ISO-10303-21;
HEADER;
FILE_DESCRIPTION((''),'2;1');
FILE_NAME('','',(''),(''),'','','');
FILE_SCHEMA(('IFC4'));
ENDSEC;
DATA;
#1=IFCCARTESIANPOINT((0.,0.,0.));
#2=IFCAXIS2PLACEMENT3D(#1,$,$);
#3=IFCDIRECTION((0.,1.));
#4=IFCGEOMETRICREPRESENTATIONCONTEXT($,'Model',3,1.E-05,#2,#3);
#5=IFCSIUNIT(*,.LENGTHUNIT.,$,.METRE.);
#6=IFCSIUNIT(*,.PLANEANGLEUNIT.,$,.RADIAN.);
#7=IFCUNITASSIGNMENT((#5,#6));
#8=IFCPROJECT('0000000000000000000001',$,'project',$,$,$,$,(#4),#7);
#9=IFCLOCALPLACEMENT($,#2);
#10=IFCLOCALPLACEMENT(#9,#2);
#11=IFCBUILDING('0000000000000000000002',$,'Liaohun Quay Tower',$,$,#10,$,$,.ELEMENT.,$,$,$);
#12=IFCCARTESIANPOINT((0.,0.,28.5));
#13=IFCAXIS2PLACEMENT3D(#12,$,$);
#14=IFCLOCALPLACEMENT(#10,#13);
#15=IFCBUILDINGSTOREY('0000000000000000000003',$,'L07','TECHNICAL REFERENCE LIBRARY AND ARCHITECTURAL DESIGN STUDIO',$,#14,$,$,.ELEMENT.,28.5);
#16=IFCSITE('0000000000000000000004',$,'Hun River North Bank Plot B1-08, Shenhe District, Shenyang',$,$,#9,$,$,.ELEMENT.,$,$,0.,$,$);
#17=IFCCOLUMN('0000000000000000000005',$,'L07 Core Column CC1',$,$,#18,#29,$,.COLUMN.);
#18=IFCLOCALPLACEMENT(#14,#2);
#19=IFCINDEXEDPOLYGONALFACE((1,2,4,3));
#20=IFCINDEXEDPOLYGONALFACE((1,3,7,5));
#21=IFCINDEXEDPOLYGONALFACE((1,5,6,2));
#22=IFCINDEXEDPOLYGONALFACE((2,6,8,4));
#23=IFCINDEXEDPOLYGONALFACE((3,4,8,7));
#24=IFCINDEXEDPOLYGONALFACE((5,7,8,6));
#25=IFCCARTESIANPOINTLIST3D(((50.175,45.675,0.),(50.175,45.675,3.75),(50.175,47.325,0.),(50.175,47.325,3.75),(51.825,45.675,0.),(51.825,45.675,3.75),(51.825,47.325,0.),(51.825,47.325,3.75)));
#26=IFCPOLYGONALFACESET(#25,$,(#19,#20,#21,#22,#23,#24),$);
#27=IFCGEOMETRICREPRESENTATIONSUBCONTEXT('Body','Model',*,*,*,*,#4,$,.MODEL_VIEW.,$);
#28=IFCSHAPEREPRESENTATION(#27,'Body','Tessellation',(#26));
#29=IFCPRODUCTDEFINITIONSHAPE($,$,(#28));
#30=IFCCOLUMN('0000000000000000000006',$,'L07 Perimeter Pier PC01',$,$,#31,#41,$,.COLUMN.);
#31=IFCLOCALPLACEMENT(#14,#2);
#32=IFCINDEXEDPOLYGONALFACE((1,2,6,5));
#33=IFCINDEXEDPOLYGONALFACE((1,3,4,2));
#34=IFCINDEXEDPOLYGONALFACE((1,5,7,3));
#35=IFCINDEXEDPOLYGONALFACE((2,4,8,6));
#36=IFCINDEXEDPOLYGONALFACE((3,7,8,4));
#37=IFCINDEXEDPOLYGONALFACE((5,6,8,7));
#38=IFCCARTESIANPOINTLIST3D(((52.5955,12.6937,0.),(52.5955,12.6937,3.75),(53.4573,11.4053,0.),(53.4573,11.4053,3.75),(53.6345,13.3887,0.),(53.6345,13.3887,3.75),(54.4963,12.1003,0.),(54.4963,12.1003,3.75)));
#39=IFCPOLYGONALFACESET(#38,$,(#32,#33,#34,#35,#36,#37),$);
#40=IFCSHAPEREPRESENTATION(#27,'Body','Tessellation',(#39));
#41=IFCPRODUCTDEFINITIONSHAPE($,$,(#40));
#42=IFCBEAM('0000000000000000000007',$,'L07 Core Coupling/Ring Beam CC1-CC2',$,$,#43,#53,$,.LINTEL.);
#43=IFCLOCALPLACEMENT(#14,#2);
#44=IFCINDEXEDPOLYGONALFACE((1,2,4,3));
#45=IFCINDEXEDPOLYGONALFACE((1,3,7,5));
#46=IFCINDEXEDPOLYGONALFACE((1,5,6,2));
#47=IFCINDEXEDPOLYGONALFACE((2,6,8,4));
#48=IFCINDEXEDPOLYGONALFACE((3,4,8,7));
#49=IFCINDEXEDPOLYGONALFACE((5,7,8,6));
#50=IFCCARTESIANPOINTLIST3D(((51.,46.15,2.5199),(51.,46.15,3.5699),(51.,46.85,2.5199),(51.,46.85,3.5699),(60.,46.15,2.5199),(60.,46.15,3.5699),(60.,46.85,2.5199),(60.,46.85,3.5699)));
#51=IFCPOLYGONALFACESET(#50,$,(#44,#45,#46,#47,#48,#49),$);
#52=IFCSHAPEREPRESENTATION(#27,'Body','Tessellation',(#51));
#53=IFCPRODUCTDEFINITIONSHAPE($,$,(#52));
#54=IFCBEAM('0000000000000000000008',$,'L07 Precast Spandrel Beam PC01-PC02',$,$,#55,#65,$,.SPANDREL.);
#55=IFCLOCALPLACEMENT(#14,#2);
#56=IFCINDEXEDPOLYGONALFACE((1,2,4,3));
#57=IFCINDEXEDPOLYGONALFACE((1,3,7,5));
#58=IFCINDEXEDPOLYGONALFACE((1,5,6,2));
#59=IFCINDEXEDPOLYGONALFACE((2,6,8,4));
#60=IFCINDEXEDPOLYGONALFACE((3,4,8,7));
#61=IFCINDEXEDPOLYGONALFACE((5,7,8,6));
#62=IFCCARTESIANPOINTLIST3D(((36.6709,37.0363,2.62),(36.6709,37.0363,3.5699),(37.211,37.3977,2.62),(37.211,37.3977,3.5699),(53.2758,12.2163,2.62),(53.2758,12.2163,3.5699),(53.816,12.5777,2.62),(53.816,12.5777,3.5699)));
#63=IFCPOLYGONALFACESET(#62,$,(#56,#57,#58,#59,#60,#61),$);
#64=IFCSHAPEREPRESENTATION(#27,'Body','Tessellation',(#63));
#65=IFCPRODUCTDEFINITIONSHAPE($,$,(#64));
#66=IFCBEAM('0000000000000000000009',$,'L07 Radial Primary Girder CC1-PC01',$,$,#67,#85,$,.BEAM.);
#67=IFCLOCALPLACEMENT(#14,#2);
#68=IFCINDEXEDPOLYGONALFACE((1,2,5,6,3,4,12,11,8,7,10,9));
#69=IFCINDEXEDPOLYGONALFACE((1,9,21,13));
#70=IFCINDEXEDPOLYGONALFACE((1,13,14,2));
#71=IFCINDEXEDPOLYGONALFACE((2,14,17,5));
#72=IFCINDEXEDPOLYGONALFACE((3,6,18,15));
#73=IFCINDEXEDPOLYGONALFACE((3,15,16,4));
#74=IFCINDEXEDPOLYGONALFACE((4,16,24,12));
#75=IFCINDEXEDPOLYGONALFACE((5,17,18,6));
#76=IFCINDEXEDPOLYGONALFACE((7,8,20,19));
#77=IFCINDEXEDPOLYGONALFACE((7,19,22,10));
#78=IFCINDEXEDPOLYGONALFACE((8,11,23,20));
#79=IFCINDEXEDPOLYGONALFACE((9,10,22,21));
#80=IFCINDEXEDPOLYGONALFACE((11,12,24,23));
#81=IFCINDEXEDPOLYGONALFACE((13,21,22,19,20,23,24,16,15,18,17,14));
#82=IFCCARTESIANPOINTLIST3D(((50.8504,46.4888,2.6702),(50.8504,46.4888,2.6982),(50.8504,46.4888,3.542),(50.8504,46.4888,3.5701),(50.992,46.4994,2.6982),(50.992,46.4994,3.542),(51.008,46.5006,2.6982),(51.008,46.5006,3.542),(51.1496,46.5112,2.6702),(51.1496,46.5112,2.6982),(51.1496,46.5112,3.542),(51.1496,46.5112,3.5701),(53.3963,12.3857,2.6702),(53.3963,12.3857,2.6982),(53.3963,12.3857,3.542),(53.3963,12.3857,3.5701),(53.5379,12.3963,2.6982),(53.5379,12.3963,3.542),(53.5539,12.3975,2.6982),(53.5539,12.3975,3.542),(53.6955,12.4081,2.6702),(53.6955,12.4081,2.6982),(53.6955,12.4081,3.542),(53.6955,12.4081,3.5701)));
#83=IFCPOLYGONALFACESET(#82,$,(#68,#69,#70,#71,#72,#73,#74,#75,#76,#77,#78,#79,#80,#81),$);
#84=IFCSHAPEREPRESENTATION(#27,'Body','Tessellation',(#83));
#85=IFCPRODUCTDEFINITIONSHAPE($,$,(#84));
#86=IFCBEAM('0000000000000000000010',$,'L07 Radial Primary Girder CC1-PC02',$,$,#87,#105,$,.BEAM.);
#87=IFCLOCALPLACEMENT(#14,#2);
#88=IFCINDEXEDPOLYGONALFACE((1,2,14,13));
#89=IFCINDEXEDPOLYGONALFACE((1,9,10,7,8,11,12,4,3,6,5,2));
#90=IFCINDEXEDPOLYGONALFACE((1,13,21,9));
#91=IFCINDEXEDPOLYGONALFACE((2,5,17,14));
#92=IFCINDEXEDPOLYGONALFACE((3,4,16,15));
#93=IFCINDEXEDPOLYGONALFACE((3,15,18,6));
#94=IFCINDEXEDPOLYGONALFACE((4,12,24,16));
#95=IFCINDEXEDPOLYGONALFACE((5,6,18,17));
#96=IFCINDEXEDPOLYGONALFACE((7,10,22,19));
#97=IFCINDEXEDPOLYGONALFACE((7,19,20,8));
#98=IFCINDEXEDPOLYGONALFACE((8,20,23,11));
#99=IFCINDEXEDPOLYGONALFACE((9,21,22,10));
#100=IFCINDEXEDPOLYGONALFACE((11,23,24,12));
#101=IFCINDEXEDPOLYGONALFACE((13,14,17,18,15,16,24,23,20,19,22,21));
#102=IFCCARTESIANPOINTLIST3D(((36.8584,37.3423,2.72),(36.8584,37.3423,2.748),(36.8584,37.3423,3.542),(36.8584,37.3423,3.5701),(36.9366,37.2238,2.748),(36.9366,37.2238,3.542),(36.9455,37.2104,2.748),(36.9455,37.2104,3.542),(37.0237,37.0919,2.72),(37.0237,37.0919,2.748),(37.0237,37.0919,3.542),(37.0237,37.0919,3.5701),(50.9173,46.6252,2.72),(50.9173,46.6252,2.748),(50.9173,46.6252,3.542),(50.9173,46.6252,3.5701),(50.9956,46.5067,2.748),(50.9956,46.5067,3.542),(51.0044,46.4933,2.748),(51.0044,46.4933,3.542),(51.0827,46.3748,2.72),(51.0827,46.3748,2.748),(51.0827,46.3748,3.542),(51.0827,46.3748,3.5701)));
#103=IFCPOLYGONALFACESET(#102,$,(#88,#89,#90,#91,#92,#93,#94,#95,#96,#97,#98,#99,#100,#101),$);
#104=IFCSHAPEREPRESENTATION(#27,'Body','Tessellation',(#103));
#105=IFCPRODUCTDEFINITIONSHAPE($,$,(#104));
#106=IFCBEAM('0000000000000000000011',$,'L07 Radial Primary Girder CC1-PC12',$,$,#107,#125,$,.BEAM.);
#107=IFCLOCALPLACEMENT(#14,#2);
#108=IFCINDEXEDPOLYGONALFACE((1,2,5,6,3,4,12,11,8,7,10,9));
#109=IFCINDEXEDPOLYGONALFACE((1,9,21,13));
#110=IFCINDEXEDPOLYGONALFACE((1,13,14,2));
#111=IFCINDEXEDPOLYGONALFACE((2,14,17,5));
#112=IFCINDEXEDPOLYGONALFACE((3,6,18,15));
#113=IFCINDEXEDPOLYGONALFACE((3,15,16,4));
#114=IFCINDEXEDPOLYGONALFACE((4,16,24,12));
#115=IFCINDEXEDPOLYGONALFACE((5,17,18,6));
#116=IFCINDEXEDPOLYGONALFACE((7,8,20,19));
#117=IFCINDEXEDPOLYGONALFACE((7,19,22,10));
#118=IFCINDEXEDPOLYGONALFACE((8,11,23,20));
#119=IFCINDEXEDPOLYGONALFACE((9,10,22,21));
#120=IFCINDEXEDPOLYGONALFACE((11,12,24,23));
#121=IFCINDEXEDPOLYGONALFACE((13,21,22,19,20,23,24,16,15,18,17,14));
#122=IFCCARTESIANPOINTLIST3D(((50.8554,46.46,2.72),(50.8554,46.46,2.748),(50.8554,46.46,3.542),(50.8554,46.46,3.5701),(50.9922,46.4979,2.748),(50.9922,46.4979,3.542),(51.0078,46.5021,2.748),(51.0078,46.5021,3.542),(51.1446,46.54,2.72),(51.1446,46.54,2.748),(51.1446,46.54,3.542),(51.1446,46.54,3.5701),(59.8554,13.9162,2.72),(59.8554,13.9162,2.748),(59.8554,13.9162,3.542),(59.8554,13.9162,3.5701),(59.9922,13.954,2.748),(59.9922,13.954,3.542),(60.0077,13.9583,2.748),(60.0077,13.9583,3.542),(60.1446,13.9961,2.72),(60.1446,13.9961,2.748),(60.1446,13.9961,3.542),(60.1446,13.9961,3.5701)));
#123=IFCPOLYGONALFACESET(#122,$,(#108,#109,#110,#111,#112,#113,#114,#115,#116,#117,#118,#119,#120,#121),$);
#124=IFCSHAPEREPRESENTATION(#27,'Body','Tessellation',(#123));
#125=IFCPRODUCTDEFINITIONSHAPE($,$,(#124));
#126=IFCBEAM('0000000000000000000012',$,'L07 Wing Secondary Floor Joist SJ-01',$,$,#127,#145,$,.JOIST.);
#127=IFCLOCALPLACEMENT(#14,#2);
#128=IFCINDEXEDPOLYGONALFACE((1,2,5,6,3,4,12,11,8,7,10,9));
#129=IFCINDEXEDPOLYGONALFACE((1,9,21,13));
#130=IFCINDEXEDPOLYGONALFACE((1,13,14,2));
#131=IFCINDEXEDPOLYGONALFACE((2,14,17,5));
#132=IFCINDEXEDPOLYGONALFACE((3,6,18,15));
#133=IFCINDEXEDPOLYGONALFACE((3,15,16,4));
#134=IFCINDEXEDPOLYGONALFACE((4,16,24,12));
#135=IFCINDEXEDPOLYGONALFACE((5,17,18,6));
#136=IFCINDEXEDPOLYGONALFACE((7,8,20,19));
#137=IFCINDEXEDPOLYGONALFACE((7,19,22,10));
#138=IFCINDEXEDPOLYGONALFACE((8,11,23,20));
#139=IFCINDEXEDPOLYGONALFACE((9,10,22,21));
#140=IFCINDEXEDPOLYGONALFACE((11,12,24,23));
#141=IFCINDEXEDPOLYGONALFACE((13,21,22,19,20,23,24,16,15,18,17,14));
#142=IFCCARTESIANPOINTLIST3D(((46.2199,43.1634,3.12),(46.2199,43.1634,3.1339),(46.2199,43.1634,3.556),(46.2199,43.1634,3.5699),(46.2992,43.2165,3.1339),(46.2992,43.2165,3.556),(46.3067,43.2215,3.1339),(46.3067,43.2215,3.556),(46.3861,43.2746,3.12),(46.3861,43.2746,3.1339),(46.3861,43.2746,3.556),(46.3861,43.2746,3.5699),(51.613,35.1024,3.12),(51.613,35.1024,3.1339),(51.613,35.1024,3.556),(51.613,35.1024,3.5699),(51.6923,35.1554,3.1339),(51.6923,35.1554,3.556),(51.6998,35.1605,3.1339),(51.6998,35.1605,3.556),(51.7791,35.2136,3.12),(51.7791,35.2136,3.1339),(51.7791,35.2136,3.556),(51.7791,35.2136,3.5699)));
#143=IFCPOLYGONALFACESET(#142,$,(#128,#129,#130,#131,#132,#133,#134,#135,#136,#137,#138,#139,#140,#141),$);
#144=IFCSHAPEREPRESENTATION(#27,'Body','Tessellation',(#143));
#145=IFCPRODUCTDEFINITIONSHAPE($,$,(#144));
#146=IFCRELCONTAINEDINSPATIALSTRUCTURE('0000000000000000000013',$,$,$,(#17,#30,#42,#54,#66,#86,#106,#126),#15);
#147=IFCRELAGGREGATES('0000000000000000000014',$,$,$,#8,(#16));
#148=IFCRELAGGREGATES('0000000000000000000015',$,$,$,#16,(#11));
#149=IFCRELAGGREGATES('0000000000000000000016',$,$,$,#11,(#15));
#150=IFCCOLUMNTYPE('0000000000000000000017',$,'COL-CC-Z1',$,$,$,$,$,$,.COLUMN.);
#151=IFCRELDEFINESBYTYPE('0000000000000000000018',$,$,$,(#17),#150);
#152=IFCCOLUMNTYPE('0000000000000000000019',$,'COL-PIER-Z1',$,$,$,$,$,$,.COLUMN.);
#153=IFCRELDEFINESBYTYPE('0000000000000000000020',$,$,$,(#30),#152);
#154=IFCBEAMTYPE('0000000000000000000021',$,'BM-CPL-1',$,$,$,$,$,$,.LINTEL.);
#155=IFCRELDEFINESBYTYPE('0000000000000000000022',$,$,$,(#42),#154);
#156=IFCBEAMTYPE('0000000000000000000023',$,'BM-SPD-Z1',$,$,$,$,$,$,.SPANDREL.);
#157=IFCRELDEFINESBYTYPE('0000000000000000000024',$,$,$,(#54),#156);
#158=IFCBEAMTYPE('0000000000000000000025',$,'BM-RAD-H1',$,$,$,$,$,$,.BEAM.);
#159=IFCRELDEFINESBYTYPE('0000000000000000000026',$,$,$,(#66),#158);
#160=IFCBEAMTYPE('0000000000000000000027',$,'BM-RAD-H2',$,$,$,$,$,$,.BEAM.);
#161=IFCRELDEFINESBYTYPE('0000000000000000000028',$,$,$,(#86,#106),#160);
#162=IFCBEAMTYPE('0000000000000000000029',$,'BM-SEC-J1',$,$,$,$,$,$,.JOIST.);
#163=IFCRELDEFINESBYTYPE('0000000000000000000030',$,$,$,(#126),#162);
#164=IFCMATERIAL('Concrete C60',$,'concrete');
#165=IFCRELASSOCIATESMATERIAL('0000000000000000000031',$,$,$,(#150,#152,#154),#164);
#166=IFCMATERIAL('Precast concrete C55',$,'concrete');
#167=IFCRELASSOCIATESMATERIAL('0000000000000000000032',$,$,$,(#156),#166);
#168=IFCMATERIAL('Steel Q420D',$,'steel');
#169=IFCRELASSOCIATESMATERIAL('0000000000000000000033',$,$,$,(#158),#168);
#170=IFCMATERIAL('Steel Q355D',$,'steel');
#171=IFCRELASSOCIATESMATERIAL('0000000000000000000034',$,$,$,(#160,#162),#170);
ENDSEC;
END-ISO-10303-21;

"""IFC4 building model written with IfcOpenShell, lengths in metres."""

from ifc_helpers import new_model, si_unit, direction, frame, origin, origin_2d, place, context, subcontext, project, spatial, rectangle, i_section, extrude, source, transform, mapped, material, material_profile, profile_set, type_object, element, save


model = new_model("IFC4")

# Units and contexts
model_context = context("Model", 3, precision=1e-05, world=origin(), true_north=direction((0.0, 1.0)))
body_context = subcontext(model_context, "Body", "Model", "MODEL_VIEW")
ifc_project = project(units=[si_unit("LENGTHUNIT", "METRE"), si_unit("PLANEANGLEUNIT", "RADIAN")], contexts=[model_context])

# Site, building, storey
site_placement = place(None, origin())
site = spatial("IfcSite", under=ifc_project, at=site_placement, Name="Hun River North Bank Plot B1-08, Shenhe District, Shenyang", CompositionType="ELEMENT", RefElevation=0.0)
building_placement = place(site_placement, origin())
building = spatial("IfcBuilding", under=site, at=building_placement, Name="Liaohun Quay Tower", CompositionType="ELEMENT")
storey_placement = place(building_placement, frame((0.0, 0.0, 28.5)))
storey = spatial("IfcBuildingStorey", under=building, at=storey_placement, Name="L07", Description="TECHNICAL REFERENCE LIBRARY AND ARCHITECTURAL DESIGN STUDIO", CompositionType="ELEMENT", Elevation=28.5)

# Columns
ifc_material_1 = material(Name="Concrete C60", Category="concrete")
ifc_material_profile_1 = material_profile(ifc_material_1, rectangle(XDim=1.6499, YDim=1.6499, at=origin_2d()), Name="RC1650x1650")
ifc_profile_set_1 = profile_set([ifc_material_profile_1], Name="Concrete C60")
column_type_1 = type_object("IfcColumnType", Name="COL-CC-Z1", PredefinedType="COLUMN", material=ifc_profile_set_1)
shared_shape_1 = source(origin(), body_context, "Body", "SweptSolid", [
    extrude(rectangle(XDim=1.6499, YDim=1.6499, at=origin_2d()), origin(), (0.0, 0.0, 1.0), 3.75),
])
column_1_placement = place(storey_placement, frame((51.0, 46.5, 0.0), z_axis=(0.0, 0.0, 1.0), x_axis=(1.0, 0.0, 0.0)))
element("IfcColumn", 1, at=column_1_placement, inside=storey, type_object=column_type_1, Name="L07 Core Column CC1", PredefinedType="COLUMN", context=body_context, shape_type="MappedRepresentation", body=[
    mapped(shared_shape_1, transform((0.0, 0.0, 0.0), x_axis=(1.0, 0.0, 0.0), y_axis=(0.0, 1.0, 0.0), z_axis=(0.0, 0.0, 1.0), scale=1.0)),
])
ifc_material_profile_2 = material_profile(ifc_material_1, rectangle(XDim=1.55, YDim=1.25, at=origin_2d()), Name="RC1550x1250")
ifc_profile_set_2 = profile_set([ifc_material_profile_2], Name="Concrete C60")
column_type_2 = type_object("IfcColumnType", Name="COL-PIER-Z1", PredefinedType="COLUMN", material=ifc_profile_set_2)
shared_shape_2 = source(origin(), body_context, "Body", "SweptSolid", [
    extrude(rectangle(XDim=1.55, YDim=1.25, at=origin_2d()), origin(), (0.0, 0.0, 1.0), 3.75),
])
column_2_placement = place(storey_placement, frame((53.5459, 12.397, 0.0), z_axis=(0.0, 0.0, 1.0), x_axis=(-0.556006, 0.831179, 0.0)))
element("IfcColumn", 2, at=column_2_placement, inside=storey, type_object=column_type_2, Name="L07 Perimeter Pier PC01", PredefinedType="COLUMN", context=body_context, shape_type="MappedRepresentation", body=[
    mapped(shared_shape_2, transform((0.0, 0.0, 0.0), x_axis=(1.0, 0.0, 0.0), y_axis=(0.0, 1.0, 0.0), z_axis=(0.0, 0.0, 1.0), scale=1.0)),
])

# Beams
ifc_material_profile_3 = material_profile(ifc_material_1, rectangle(XDim=0.7, YDim=1.05, at=origin_2d()), Name="RC700x1050")
ifc_profile_set_3 = profile_set([ifc_material_profile_3], Name="Concrete C60")
beam_type_1 = type_object("IfcBeamType", Name="BM-CPL-1", PredefinedType="LINTEL", material=ifc_profile_set_3)
shared_shape_3 = source(origin(), body_context, "Body", "SweptSolid", [
    extrude(rectangle(XDim=0.7, YDim=1.05, at=origin_2d()), origin(), (0.0, 0.0, 1.0), 9.0),
])
beam_1_placement = place(storey_placement, frame((51.0, 46.5, 3.0449), z_axis=(1.0, 0.0, 0.0), x_axis=(0.0, 1.0, 0.0)))
element("IfcBeam", 3, at=beam_1_placement, inside=storey, type_object=beam_type_1, Name="L07 Core Coupling/Ring Beam CC1-CC2", PredefinedType="LINTEL", context=body_context, shape_type="MappedRepresentation", body=[
    mapped(shared_shape_3, transform((0.0, 0.0, 0.0), x_axis=(1.0, 0.0, 0.0), y_axis=(0.0, 1.0, 0.0), z_axis=(0.0, 0.0, 1.0), scale=1.0)),
])
ifc_material_2 = material(Name="Precast concrete C55", Category="concrete")
ifc_material_profile_4 = material_profile(ifc_material_2, rectangle(XDim=0.6499, YDim=0.95, at=origin_2d()), Name="RC650x950")
ifc_profile_set_4 = profile_set([ifc_material_profile_4], Name="Precast concrete C55")
beam_type_2 = type_object("IfcBeamType", Name="BM-SPD-Z1", PredefinedType="SPANDREL", material=ifc_profile_set_4)
shared_shape_4 = source(origin(), body_context, "Body", "SweptSolid", [
    extrude(rectangle(XDim=0.6499, YDim=0.95, at=origin_2d()), origin(), (0.0, 0.0, 1.0), 29.8623),
])
beam_2_placement = place(storey_placement, frame((53.5459, 12.397, 3.095), z_axis=(-0.55605, 0.831149, 0.0), x_axis=(-0.831149, -0.55605, 0.0)))
element("IfcBeam", 4, at=beam_2_placement, inside=storey, type_object=beam_type_2, Name="L07 Precast Spandrel Beam PC01-PC02", PredefinedType="SPANDREL", context=body_context, shape_type="MappedRepresentation", body=[
    mapped(shared_shape_4, transform((0.0, 0.0, 0.0), x_axis=(1.0, 0.0, 0.0), y_axis=(0.0, 1.0, 0.0), z_axis=(0.0, 0.0, 1.0), scale=1.0)),
])
ifc_material_3 = material(Name="Steel Q420D", Category="steel")
ifc_material_profile_5 = material_profile(ifc_material_3, i_section(OverallWidth=0.3, OverallDepth=0.8999, WebThickness=0.0161, FlangeThickness=0.0281, at=origin_2d()), Name="HN900x300x16x28")
ifc_profile_set_5 = profile_set([ifc_material_profile_5], Name="Steel Q420D")
beam_type_3 = type_object("IfcBeamType", Name="BM-RAD-H1", PredefinedType="BEAM", material=ifc_profile_set_5)
shared_shape_5 = source(origin(), body_context, "Body", "SweptSolid", [
    extrude(i_section(OverallWidth=0.3, OverallDepth=0.8999, WebThickness=0.0161, FlangeThickness=0.0281, at=origin_2d()), origin(), (0.0, 0.0, 1.0), 34.198),
])
beam_3_placement = place(storey_placement, frame((51.0, 46.5, 3.1201), z_axis=(0.074446, -0.997225, 0.0), x_axis=(0.997225, 0.074446, 0.0)))
element("IfcBeam", 5, at=beam_3_placement, inside=storey, type_object=beam_type_3, Name="L07 Radial Primary Girder CC1-PC01", PredefinedType="BEAM", context=body_context, shape_type="MappedRepresentation", body=[
    mapped(shared_shape_5, transform((0.0, 0.0, 0.0), x_axis=(1.0, 0.0, 0.0), y_axis=(0.0, 1.0, 0.0), z_axis=(0.0, 0.0, 1.0), scale=1.0)),
])
ifc_material_4 = material(Name="Steel Q355D", Category="steel")
ifc_material_profile_6 = material_profile(ifc_material_4, i_section(OverallWidth=0.3, OverallDepth=0.8501, WebThickness=0.0161, FlangeThickness=0.0281, at=origin_2d()), Name="HN850x300x16x28")
ifc_profile_set_6 = profile_set([ifc_material_profile_6], Name="Steel Q355D")
beam_type_4 = type_object("IfcBeamType", Name="BM-RAD-H2", PredefinedType="BEAM", material=ifc_profile_set_6)
shared_shape_6 = source(origin(), body_context, "Body", "SweptSolid", [
    extrude(i_section(OverallWidth=0.3, OverallDepth=0.8501, WebThickness=0.0161, FlangeThickness=0.0281, at=origin_2d()), origin(), (0.0, 0.0, 1.0), 16.8472),
])
beam_4_placement = place(storey_placement, frame((51.0, 46.5, 3.145), z_axis=(-0.834501, -0.551006, 0.0), x_axis=(0.551006, -0.834501, 0.0)))
element("IfcBeam", 6, at=beam_4_placement, inside=storey, type_object=beam_type_4, Name="L07 Radial Primary Girder CC1-PC02", PredefinedType="BEAM", context=body_context, shape_type="MappedRepresentation", body=[
    mapped(shared_shape_6, transform((0.0, 0.0, 0.0), x_axis=(1.0, 0.0, 0.0), y_axis=(0.0, 1.0, 0.0), z_axis=(0.0, 0.0, 1.0), scale=1.0)),
])
shared_shape_7 = source(origin(), body_context, "Body", "SweptSolid", [
    extrude(i_section(OverallWidth=0.3, OverallDepth=0.8501, WebThickness=0.0161, FlangeThickness=0.0281, at=origin_2d()), origin(), (0.0, 0.0, 1.0), 33.7654),
])
beam_5_placement = place(storey_placement, frame((51.0, 46.5, 3.145), z_axis=(0.266544, -0.963823, 0.0), x_axis=(0.963823, 0.266544, 0.0)))
element("IfcBeam", 7, at=beam_5_placement, inside=storey, type_object=beam_type_4, Name="L07 Radial Primary Girder CC1-PC12", PredefinedType="BEAM", context=body_context, shape_type="MappedRepresentation", body=[
    mapped(shared_shape_7, transform((0.0, 0.0, 0.0), x_axis=(1.0, 0.0, 0.0), y_axis=(0.0, 1.0, 0.0), z_axis=(0.0, 0.0, 1.0), scale=1.0)),
])
ifc_material_profile_7 = material_profile(ifc_material_4, i_section(OverallWidth=0.2, OverallDepth=0.45, WebThickness=0.009, FlangeThickness=0.0139, at=origin_2d()), Name="HN450x200x9x14")
ifc_profile_set_7 = profile_set([ifc_material_profile_7], Name="Steel Q355D")
beam_type_5 = type_object("IfcBeamType", Name="BM-SEC-J1", PredefinedType="JOIST", material=ifc_profile_set_7)
shared_shape_8 = source(origin(), body_context, "Body", "SweptSolid", [
    extrude(i_section(OverallWidth=0.2, OverallDepth=0.45, WebThickness=0.009, FlangeThickness=0.0139, at=origin_2d()), origin(), (0.0, 0.0, 1.0), 9.6987),
])
beam_6_placement = place(storey_placement, frame((51.696, 35.158, 3.345), z_axis=(-0.556059, 0.831143, 0.0), x_axis=(-0.831143, -0.556059, 0.0)))
element("IfcBeam", 8, at=beam_6_placement, inside=storey, type_object=beam_type_5, Name="L07 Wing Secondary Floor Joist SJ-01", PredefinedType="JOIST", context=body_context, shape_type="MappedRepresentation", body=[
    mapped(shared_shape_8, transform((0.0, 0.0, 0.0), x_axis=(1.0, 0.0, 0.0), y_axis=(0.0, 1.0, 0.0), z_axis=(0.0, 0.0, 1.0), scale=1.0)),
])

save(model, "model.ifc")
